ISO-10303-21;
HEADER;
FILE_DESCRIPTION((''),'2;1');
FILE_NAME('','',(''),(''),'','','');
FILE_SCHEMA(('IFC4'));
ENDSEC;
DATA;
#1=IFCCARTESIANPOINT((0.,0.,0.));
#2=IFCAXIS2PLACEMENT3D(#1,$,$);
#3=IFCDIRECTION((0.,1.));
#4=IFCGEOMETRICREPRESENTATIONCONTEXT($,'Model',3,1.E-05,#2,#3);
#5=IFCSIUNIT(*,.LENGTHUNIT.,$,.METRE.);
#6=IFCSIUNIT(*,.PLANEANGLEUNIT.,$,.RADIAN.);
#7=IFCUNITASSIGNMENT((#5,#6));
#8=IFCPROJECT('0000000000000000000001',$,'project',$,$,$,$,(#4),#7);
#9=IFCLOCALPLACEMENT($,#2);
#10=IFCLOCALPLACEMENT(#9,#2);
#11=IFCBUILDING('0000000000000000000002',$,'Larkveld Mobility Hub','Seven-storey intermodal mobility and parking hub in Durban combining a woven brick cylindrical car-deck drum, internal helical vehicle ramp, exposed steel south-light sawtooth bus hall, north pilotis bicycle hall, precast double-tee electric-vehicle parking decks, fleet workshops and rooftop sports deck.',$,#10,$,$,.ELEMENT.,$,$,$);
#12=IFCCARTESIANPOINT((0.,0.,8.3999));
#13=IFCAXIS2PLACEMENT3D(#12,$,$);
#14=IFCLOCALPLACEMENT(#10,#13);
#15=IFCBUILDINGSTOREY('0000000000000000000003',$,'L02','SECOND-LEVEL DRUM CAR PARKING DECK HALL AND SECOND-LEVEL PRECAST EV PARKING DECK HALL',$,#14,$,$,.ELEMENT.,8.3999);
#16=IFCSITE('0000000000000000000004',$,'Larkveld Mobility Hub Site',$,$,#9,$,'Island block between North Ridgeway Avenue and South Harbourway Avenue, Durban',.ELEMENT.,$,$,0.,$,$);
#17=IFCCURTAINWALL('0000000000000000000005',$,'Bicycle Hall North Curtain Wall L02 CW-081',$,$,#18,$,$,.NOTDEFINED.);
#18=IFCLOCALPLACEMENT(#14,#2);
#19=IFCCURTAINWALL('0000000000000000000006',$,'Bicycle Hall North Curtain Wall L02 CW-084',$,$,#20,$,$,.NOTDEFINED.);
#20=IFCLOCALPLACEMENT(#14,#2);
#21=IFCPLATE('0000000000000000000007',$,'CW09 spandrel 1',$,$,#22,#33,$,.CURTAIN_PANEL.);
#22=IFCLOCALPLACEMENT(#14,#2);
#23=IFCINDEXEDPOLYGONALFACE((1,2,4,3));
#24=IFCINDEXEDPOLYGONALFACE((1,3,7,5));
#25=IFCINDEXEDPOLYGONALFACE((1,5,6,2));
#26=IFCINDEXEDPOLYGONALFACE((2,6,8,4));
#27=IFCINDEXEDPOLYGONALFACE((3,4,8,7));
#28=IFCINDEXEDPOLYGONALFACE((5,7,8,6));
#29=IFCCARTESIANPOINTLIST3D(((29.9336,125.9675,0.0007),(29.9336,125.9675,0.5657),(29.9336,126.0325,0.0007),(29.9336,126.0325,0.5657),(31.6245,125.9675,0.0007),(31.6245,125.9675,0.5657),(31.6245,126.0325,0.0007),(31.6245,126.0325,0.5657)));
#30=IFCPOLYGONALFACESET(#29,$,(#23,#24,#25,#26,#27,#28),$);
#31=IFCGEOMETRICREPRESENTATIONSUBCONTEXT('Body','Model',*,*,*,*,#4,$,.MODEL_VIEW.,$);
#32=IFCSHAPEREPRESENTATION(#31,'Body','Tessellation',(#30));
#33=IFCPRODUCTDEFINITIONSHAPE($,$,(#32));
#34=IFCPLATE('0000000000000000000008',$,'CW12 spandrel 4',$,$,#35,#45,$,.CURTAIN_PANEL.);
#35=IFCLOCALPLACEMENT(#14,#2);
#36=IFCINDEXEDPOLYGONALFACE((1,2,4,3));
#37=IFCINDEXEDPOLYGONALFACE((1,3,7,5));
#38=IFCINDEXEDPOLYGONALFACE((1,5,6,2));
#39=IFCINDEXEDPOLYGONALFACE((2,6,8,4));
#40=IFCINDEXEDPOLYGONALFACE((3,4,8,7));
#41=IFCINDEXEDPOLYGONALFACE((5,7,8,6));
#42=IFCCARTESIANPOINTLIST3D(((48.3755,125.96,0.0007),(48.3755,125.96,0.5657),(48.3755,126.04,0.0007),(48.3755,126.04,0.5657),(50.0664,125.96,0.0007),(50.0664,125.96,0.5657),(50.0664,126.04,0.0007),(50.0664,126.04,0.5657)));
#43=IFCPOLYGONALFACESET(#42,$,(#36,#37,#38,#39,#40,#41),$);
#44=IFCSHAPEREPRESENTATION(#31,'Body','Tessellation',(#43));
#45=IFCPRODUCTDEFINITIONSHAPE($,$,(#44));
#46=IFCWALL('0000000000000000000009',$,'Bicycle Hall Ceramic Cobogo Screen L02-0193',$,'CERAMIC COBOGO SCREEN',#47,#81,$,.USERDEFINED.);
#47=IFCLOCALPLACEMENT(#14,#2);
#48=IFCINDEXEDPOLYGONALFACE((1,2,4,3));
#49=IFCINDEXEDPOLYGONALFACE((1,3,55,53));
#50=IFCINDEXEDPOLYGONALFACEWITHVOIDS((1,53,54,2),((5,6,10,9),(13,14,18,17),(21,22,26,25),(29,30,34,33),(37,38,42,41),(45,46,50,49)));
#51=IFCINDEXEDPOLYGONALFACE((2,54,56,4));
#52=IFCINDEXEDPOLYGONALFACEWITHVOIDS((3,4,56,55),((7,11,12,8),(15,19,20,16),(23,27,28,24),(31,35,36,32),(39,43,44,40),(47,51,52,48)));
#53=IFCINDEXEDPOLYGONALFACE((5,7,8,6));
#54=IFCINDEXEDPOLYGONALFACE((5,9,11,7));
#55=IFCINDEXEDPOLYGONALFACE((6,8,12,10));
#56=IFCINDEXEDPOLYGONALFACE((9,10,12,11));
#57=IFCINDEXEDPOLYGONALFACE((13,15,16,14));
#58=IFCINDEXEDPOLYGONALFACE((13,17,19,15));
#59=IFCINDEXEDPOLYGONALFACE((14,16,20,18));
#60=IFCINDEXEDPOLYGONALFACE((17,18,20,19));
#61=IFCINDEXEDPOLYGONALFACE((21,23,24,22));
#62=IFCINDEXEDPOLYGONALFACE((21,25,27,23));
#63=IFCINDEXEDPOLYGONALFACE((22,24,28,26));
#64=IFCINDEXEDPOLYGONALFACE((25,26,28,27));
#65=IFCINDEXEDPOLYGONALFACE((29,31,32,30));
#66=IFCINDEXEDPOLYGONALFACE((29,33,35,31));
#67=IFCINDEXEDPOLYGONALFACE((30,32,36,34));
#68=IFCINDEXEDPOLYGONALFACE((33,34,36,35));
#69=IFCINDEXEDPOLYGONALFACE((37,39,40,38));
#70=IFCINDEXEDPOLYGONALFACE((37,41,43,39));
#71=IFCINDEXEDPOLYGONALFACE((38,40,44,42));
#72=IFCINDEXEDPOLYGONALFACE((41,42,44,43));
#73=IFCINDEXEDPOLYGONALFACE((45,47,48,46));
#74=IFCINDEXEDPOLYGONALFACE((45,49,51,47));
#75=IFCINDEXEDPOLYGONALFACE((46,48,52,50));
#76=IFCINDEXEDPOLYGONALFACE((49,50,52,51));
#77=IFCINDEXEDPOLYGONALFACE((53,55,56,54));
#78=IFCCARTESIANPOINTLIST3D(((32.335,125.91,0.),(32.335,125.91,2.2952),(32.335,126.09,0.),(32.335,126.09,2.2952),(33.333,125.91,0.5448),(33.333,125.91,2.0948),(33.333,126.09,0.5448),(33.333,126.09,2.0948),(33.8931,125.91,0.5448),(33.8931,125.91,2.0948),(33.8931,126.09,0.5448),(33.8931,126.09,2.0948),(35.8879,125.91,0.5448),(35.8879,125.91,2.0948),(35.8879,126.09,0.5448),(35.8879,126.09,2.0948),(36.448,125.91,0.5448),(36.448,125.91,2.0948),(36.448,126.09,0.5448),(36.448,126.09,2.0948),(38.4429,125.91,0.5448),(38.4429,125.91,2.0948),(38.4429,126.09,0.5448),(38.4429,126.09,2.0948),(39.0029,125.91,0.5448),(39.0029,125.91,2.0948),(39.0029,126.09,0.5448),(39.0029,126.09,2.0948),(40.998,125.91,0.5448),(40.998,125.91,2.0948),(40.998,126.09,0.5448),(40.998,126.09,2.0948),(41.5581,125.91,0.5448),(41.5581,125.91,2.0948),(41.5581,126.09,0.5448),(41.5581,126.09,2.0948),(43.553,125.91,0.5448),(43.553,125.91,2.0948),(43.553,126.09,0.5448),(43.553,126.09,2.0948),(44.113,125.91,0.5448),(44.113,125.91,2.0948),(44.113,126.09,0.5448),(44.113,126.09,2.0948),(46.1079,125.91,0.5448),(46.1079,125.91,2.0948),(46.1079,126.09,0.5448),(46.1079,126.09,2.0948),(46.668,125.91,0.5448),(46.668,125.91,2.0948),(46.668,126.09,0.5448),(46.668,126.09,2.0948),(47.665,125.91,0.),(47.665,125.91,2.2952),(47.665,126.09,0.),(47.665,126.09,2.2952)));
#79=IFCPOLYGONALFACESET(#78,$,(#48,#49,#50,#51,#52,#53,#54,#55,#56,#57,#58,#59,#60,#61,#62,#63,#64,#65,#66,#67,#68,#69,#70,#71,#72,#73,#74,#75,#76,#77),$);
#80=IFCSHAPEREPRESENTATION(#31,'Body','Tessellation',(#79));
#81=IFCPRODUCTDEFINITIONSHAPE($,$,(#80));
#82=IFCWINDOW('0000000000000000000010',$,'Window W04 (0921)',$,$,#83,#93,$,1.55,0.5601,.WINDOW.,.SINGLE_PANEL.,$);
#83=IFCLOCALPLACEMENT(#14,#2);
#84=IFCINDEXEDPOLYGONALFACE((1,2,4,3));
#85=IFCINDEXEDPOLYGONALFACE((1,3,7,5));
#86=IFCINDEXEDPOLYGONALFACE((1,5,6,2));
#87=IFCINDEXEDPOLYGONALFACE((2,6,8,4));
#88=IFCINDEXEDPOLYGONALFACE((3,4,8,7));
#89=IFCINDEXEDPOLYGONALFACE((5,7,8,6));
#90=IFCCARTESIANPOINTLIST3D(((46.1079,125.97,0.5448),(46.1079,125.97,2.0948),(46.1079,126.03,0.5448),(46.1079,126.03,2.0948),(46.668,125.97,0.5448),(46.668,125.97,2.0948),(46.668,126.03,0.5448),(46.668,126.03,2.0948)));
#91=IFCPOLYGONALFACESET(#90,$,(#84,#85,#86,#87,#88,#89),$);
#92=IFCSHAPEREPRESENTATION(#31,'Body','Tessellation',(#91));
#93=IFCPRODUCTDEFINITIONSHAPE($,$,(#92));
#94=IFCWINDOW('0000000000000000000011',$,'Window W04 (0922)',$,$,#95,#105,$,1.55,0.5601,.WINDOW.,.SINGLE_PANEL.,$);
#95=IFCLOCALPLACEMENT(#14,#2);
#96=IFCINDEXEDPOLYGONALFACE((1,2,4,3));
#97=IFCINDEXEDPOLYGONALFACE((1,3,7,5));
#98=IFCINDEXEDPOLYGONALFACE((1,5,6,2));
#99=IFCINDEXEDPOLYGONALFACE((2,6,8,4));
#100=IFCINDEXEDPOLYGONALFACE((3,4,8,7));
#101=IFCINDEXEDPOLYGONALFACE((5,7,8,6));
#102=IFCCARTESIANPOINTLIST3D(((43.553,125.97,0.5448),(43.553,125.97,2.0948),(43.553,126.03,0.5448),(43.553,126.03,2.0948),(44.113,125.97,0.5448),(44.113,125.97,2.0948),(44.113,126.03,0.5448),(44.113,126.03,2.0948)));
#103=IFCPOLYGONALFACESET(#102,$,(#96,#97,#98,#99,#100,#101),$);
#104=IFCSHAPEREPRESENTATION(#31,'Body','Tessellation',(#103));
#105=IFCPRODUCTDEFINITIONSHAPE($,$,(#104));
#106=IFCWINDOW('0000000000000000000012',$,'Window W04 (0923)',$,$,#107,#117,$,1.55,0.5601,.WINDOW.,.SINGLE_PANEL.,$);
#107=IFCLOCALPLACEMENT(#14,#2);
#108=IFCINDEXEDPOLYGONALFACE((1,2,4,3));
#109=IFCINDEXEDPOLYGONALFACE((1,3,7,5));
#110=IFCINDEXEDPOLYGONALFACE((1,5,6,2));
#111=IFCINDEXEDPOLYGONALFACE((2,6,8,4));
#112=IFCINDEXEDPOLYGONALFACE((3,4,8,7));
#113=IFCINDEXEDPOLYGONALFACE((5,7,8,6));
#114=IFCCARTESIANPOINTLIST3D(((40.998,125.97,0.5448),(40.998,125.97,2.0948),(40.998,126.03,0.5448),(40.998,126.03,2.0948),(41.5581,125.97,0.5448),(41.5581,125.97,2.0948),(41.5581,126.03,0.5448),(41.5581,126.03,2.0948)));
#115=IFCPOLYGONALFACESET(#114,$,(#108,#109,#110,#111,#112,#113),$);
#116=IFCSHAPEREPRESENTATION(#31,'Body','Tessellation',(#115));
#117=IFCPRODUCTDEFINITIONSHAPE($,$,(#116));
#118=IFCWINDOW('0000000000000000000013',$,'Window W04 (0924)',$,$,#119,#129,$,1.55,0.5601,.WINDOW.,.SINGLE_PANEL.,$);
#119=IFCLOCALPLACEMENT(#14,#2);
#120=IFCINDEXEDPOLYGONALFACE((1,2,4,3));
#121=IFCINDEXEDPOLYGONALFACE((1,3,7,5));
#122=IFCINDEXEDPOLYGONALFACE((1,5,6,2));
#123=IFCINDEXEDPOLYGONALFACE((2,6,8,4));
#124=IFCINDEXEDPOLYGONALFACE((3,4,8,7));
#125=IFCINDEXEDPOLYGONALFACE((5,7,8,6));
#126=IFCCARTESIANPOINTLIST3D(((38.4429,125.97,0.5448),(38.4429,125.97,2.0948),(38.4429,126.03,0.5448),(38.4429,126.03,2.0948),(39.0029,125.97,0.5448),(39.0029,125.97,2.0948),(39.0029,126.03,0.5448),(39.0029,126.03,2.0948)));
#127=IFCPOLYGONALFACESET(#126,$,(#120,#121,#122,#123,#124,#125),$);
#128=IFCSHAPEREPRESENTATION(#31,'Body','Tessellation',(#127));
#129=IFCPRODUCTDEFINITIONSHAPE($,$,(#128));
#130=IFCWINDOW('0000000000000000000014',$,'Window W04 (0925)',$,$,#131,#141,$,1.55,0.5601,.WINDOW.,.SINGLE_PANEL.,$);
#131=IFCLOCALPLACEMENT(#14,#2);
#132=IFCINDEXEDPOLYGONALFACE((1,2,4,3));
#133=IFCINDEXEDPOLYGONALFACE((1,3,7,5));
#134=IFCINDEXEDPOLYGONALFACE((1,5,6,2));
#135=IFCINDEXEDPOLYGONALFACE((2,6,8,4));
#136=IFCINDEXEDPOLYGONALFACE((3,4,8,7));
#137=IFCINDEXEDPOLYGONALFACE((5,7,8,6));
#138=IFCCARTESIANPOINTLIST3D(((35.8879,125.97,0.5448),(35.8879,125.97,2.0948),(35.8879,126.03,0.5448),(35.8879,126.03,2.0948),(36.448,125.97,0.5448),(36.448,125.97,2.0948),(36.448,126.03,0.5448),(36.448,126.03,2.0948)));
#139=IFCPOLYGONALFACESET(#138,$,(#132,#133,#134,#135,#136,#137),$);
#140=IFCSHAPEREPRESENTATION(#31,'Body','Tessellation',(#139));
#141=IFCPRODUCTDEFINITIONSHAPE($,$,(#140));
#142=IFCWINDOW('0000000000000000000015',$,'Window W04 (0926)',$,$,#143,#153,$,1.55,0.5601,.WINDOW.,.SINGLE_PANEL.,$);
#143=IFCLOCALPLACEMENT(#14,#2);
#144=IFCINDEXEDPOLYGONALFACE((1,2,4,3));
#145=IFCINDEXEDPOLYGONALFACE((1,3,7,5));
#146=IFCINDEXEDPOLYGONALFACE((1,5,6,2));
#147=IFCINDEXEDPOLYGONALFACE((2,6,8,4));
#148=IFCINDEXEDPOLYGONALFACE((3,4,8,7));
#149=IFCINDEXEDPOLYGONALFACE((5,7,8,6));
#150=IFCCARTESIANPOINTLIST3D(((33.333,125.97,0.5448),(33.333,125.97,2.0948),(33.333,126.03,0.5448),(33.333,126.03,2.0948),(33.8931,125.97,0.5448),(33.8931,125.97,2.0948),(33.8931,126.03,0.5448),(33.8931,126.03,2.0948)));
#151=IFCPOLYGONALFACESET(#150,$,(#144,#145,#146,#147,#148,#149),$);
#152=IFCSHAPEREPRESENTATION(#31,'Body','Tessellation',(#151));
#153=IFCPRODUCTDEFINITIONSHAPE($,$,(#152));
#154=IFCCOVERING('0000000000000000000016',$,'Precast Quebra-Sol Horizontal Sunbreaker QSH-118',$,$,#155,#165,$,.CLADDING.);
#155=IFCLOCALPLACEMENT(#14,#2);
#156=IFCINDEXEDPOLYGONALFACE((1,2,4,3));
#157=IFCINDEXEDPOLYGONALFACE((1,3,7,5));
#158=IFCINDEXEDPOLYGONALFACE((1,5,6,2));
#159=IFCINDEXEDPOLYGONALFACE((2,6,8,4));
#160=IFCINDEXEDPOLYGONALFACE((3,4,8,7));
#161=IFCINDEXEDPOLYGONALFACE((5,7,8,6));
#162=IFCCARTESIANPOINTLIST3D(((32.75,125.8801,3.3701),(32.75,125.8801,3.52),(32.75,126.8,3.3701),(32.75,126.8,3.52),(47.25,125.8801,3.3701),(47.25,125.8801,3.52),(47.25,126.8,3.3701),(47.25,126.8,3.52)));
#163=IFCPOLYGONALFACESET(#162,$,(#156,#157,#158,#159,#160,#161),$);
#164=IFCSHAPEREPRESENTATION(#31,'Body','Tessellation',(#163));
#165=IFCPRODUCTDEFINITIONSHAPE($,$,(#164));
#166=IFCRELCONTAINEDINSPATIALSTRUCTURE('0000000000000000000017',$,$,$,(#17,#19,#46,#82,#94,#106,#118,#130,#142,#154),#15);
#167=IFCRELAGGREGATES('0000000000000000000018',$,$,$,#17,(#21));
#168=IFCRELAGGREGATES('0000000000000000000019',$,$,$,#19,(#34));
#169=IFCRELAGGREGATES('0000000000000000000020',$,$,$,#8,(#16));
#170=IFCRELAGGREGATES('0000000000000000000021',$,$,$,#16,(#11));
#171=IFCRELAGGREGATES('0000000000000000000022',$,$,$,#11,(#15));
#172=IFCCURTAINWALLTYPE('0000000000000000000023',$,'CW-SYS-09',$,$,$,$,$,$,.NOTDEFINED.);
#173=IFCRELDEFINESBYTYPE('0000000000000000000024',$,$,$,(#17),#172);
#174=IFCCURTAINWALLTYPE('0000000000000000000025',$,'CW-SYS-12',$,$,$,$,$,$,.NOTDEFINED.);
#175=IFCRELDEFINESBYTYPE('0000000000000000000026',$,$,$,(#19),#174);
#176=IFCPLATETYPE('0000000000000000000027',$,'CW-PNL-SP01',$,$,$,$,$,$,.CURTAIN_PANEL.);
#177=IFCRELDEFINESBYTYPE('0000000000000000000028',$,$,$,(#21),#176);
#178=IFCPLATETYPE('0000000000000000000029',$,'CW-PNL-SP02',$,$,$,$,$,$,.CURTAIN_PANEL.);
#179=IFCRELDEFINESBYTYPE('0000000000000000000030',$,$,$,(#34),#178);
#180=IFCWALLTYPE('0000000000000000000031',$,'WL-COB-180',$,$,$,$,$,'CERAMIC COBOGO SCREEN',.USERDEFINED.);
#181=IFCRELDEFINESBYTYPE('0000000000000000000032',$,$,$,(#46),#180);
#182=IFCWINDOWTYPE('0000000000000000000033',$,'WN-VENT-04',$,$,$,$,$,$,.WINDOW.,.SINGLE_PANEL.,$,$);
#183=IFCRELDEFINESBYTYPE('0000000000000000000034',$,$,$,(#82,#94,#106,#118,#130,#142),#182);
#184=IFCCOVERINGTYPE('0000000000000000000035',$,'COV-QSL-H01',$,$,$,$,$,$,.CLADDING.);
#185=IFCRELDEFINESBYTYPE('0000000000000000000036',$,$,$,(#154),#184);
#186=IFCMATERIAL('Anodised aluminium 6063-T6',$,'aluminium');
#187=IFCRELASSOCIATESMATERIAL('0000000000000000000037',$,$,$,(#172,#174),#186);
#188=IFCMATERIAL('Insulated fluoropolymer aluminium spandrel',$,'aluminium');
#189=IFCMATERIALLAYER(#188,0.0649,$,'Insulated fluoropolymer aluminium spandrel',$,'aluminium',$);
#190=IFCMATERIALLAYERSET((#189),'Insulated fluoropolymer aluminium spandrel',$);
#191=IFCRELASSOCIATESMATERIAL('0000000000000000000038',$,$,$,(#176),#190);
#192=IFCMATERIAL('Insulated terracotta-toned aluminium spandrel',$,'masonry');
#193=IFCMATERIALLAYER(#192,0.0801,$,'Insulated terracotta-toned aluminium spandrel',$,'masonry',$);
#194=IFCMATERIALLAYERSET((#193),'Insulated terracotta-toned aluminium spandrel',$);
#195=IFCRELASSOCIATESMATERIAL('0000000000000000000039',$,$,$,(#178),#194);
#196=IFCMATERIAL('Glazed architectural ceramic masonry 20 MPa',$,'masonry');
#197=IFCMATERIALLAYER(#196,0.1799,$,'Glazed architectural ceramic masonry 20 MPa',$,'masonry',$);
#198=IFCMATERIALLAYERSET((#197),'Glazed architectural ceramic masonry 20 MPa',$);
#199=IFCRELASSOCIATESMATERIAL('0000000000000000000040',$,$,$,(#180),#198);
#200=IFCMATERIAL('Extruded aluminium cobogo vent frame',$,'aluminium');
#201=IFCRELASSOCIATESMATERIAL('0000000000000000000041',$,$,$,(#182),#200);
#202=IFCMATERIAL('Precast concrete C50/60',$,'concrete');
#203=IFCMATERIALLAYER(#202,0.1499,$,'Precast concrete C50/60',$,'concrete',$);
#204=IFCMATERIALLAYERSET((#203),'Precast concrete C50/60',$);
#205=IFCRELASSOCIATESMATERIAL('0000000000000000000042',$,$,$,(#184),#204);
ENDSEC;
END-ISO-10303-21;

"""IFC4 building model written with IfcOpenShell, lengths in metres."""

from ifc_helpers import new_model, si_unit, direction, frame, frame_2d, origin, origin_2d, place, context, subcontext, project, spatial, rectangle, extrude, material, layer, layer_set, type_object, element, fill, aggregate, save


model = new_model("IFC4")

# Units and contexts
model_context = context("Model", 3, precision=1e-05, world=origin(), true_north=direction((0.0, 1.0)))
body_context = subcontext(model_context, "Body", "Model", "MODEL_VIEW")
ifc_project = project(units=[si_unit("LENGTHUNIT", "METRE"), si_unit("PLANEANGLEUNIT", "RADIAN")], contexts=[model_context])

# Site, building, storey
site_placement = place(None, origin())
site = spatial("IfcSite", under=ifc_project, at=site_placement, Name="Larkveld Mobility Hub Site", LongName="Island block between North Ridgeway Avenue and South Harbourway Avenue, Durban", CompositionType="ELEMENT", RefElevation=0.0)
building_placement = place(site_placement, origin())
building = spatial("IfcBuilding", under=site, at=building_placement, Name="Larkveld Mobility Hub", Description="Seven-storey intermodal mobility and parking hub in Durban combining a woven brick cylindrical car-deck drum, internal helical vehicle ramp, exposed steel south-light sawtooth bus hall, north pilotis bicycle hall, precast double-tee electric-vehicle parking decks, fleet workshops and rooftop sports deck.", CompositionType="ELEMENT")
storey_placement = place(building_placement, frame((0.0, 0.0, 8.3999)))
storey = spatial("IfcBuildingStorey", under=building, at=storey_placement, Name="L02", Description="SECOND-LEVEL DRUM CAR PARKING DECK HALL AND SECOND-LEVEL PRECAST EV PARKING DECK HALL", CompositionType="ELEMENT", Elevation=8.3999)

# Shared definitions
ifc_material_1 = material(Name="Precast concrete C50/60", Category="concrete")

# Curtain wall
ifc_material_2 = material(Name="Anodised aluminium 6063-T6", Category="aluminium")
curtain_wall_type_1 = type_object("IfcCurtainWallType", Name="CW-SYS-09", PredefinedType="NOTDEFINED", material=ifc_material_2)
curtain_wall_1_placement = place(storey_placement, origin())
curtain_wall_1 = element("IfcCurtainWall", 1, at=curtain_wall_1_placement, inside=storey, type_object=curtain_wall_type_1, Name="Bicycle Hall North Curtain Wall L02 CW-081", PredefinedType="NOTDEFINED")

# Curtain wall
curtain_wall_type_2 = type_object("IfcCurtainWallType", Name="CW-SYS-12", PredefinedType="NOTDEFINED", material=ifc_material_2)
curtain_wall_2_placement = place(storey_placement, origin())
curtain_wall_2 = element("IfcCurtainWall", 2, at=curtain_wall_2_placement, inside=storey, type_object=curtain_wall_type_2, Name="Bicycle Hall North Curtain Wall L02 CW-084", PredefinedType="NOTDEFINED")

# Plates
ifc_material_3 = material(Name="Insulated fluoropolymer aluminium spandrel", Category="aluminium")
ifc_layer_1 = layer(ifc_material_3, 0.0649, Name="Insulated fluoropolymer aluminium spandrel", Category="aluminium")
ifc_layer_set_1 = layer_set([ifc_layer_1], Name="Insulated fluoropolymer aluminium spandrel")
plate_type_1 = type_object("IfcPlateType", Name="CW-PNL-SP01", PredefinedType="CURTAIN_PANEL", material=ifc_layer_set_1)
plate_1_placement = place(storey_placement, frame((30.7791, 126.0, 0.0007), z_axis=(0.0, 0.0, 1.0), x_axis=(-1.0, 0.0, 0.0)))
plate_1 = element("IfcPlate", 3, at=plate_1_placement, type_object=plate_type_1, Name="CW09 spandrel 1", PredefinedType="CURTAIN_PANEL", context=body_context, shape_type="SweptSolid", body=[
    extrude(rectangle(XDim=1.6909, YDim=0.0649, at=origin_2d()), origin(), (0.0, 0.0, 1.0), 0.5649),
])
aggregate(curtain_wall_1, [plate_1])
ifc_material_4 = material(Name="Insulated terracotta-toned aluminium spandrel", Category="masonry")
ifc_layer_2 = layer(ifc_material_4, 0.0801, Name="Insulated terracotta-toned aluminium spandrel", Category="masonry")
ifc_layer_set_2 = layer_set([ifc_layer_2], Name="Insulated terracotta-toned aluminium spandrel")
plate_type_2 = type_object("IfcPlateType", Name="CW-PNL-SP02", PredefinedType="CURTAIN_PANEL", material=ifc_layer_set_2)
plate_2_placement = place(storey_placement, frame((49.2209, 126.0, 0.0007), z_axis=(0.0, 0.0, 1.0), x_axis=(-1.0, 0.0, 0.0)))
plate_2 = element("IfcPlate", 4, at=plate_2_placement, type_object=plate_type_2, Name="CW12 spandrel 4", PredefinedType="CURTAIN_PANEL", context=body_context, shape_type="SweptSolid", body=[
    extrude(rectangle(XDim=1.6909, YDim=0.0801, at=origin_2d()), origin(), (0.0, 0.0, 1.0), 0.5649),
])
aggregate(curtain_wall_2, [plate_2])

# Wall, openings, windows
ifc_material_5 = material(Name="Glazed architectural ceramic masonry 20 MPa", Category="masonry")
ifc_layer_3 = layer(ifc_material_5, 0.1799, Name="Glazed architectural ceramic masonry 20 MPa", Category="masonry")
ifc_layer_set_3 = layer_set([ifc_layer_3], Name="Glazed architectural ceramic masonry 20 MPa")
wall_type = type_object("IfcWallType", Name="WL-COB-180", ElementType="CERAMIC COBOGO SCREEN", PredefinedType="USERDEFINED", material=ifc_layer_set_3)
wall_placement = place(storey_placement, frame((47.665, 126.0, 0.0), z_axis=(0.0, 0.0, 1.0), x_axis=(-1.0, 0.0, 0.0)))
wall = element("IfcWall", 5, at=wall_placement, inside=storey, type_object=wall_type, Name="Bicycle Hall Ceramic Cobogo Screen L02-0193", ObjectType="CERAMIC COBOGO SCREEN", PredefinedType="USERDEFINED", context=body_context, shape_type="SweptSolid", body=[
    extrude(rectangle(XDim=15.3301, YDim=0.1799, at=frame_2d((7.665, 0.0))), origin(), (0.0, 0.0, 1.0), 2.2952),
])
opening_1_placement = place(wall_placement, frame((0.9971, 0.0, 0.5449)))
opening_1 = element("IfcOpeningElement", 6, at=opening_1_placement, cuts=wall, PredefinedType="OPENING", context=body_context, shape_type="SweptSolid", body=[
    extrude(rectangle(XDim=0.5601, YDim=1.55, at=frame_2d((0.28, 0.7749))), frame((0.0, 0.1001, 0.0), z_axis=(0.0, -1.0, 0.0), x_axis=(1.0, 0.0, 0.0)), (0.0, 0.0, 1.0), 0.2),
])
opening_2_placement = place(wall_placement, frame((3.552, 0.0, 0.5449)))
opening_2 = element("IfcOpeningElement", 7, at=opening_2_placement, cuts=wall, PredefinedType="OPENING", context=body_context, shape_type="SweptSolid", body=[
    extrude(rectangle(XDim=0.5601, YDim=1.55, at=frame_2d((0.28, 0.7749))), frame((0.0, 0.1001, 0.0), z_axis=(0.0, -1.0, 0.0), x_axis=(1.0, 0.0, 0.0)), (0.0, 0.0, 1.0), 0.2),
])
opening_3_placement = place(wall_placement, frame((6.1069, 0.0, 0.5449)))
opening_3 = element("IfcOpeningElement", 8, at=opening_3_placement, cuts=wall, PredefinedType="OPENING", context=body_context, shape_type="SweptSolid", body=[
    extrude(rectangle(XDim=0.5601, YDim=1.55, at=frame_2d((0.28, 0.7749))), frame((0.0, 0.1001, 0.0), z_axis=(0.0, -1.0, 0.0), x_axis=(1.0, 0.0, 0.0)), (0.0, 0.0, 1.0), 0.2),
])
opening_4_placement = place(wall_placement, frame((8.6621, 0.0, 0.5449)))
opening_4 = element("IfcOpeningElement", 9, at=opening_4_placement, cuts=wall, PredefinedType="OPENING", context=body_context, shape_type="SweptSolid", body=[
    extrude(rectangle(XDim=0.5601, YDim=1.55, at=frame_2d((0.28, 0.7749))), frame((0.0, 0.1001, 0.0), z_axis=(0.0, -1.0, 0.0), x_axis=(1.0, 0.0, 0.0)), (0.0, 0.0, 1.0), 0.2),
])
opening_5_placement = place(wall_placement, frame((11.217, 0.0, 0.5449)))
opening_5 = element("IfcOpeningElement", 10, at=opening_5_placement, cuts=wall, PredefinedType="OPENING", context=body_context, shape_type="SweptSolid", body=[
    extrude(rectangle(XDim=0.5601, YDim=1.55, at=frame_2d((0.28, 0.7749))), frame((0.0, 0.1001, 0.0), z_axis=(0.0, -1.0, 0.0), x_axis=(1.0, 0.0, 0.0)), (0.0, 0.0, 1.0), 0.2),
])
opening_6_placement = place(wall_placement, frame((13.772, 0.0, 0.5449)))
opening_6 = element("IfcOpeningElement", 11, at=opening_6_placement, cuts=wall, PredefinedType="OPENING", context=body_context, shape_type="SweptSolid", body=[
    extrude(rectangle(XDim=0.5601, YDim=1.55, at=frame_2d((0.28, 0.7749))), frame((0.0, 0.1001, 0.0), z_axis=(0.0, -1.0, 0.0), x_axis=(1.0, 0.0, 0.0)), (0.0, 0.0, 1.0), 0.2),
])
ifc_material_6 = material(Name="Extruded aluminium cobogo vent frame", Category="aluminium")
window_type = type_object("IfcWindowType", Name="WN-VENT-04", PartitioningType="SINGLE_PANEL", PredefinedType="WINDOW", material=ifc_material_6)
window_1_placement = place(opening_1_placement, origin())
window_1 = element("IfcWindow", 12, at=window_1_placement, inside=storey, type_object=window_type, Name="Window W04 (0921)", OverallHeight=1.55, OverallWidth=0.5601, PartitioningType="SINGLE_PANEL", PredefinedType="WINDOW", context=body_context, shape_type="SweptSolid", body=[
    extrude(rectangle(XDim=0.5601, YDim=1.55, at=frame_2d((0.28, 0.7749))), frame((0.0, 0.03, 0.0), z_axis=(0.0, -1.0, 0.0), x_axis=(1.0, 0.0, 0.0)), (0.0, 0.0, 1.0), 0.0601),
])
fill(opening_1, window_1)
window_2_placement = place(opening_2_placement, origin())
window_2 = element("IfcWindow", 13, at=window_2_placement, inside=storey, type_object=window_type, Name="Window W04 (0922)", OverallHeight=1.55, OverallWidth=0.5601, PartitioningType="SINGLE_PANEL", PredefinedType="WINDOW", context=body_context, shape_type="SweptSolid", body=[
    extrude(rectangle(XDim=0.5601, YDim=1.55, at=frame_2d((0.28, 0.7749))), frame((0.0, 0.03, 0.0), z_axis=(0.0, -1.0, 0.0), x_axis=(1.0, 0.0, 0.0)), (0.0, 0.0, 1.0), 0.0601),
])
fill(opening_2, window_2)
window_3_placement = place(opening_3_placement, origin())
window_3 = element("IfcWindow", 14, at=window_3_placement, inside=storey, type_object=window_type, Name="Window W04 (0923)", OverallHeight=1.55, OverallWidth=0.5601, PartitioningType="SINGLE_PANEL", PredefinedType="WINDOW", context=body_context, shape_type="SweptSolid", body=[
    extrude(rectangle(XDim=0.5601, YDim=1.55, at=frame_2d((0.28, 0.7749))), frame((0.0, 0.03, 0.0), z_axis=(0.0, -1.0, 0.0), x_axis=(1.0, 0.0, 0.0)), (0.0, 0.0, 1.0), 0.0601),
])
fill(opening_3, window_3)
window_4_placement = place(opening_4_placement, origin())
window_4 = element("IfcWindow", 15, at=window_4_placement, inside=storey, type_object=window_type, Name="Window W04 (0924)", OverallHeight=1.55, OverallWidth=0.5601, PartitioningType="SINGLE_PANEL", PredefinedType="WINDOW", context=body_context, shape_type="SweptSolid", body=[
    extrude(rectangle(XDim=0.5601, YDim=1.55, at=frame_2d((0.28, 0.7749))), frame((0.0, 0.03, 0.0), z_axis=(0.0, -1.0, 0.0), x_axis=(1.0, 0.0, 0.0)), (0.0, 0.0, 1.0), 0.0601),
])
fill(opening_4, window_4)
window_5_placement = place(opening_5_placement, origin())
window_5 = element("IfcWindow", 16, at=window_5_placement, inside=storey, type_object=window_type, Name="Window W04 (0925)", OverallHeight=1.55, OverallWidth=0.5601, PartitioningType="SINGLE_PANEL", PredefinedType="WINDOW", context=body_context, shape_type="SweptSolid", body=[
    extrude(rectangle(XDim=0.5601, YDim=1.55, at=frame_2d((0.28, 0.7749))), frame((0.0, 0.03, 0.0), z_axis=(0.0, -1.0, 0.0), x_axis=(1.0, 0.0, 0.0)), (0.0, 0.0, 1.0), 0.0601),
])
fill(opening_5, window_5)
window_6_placement = place(opening_6_placement, origin())
window_6 = element("IfcWindow", 17, at=window_6_placement, inside=storey, type_object=window_type, Name="Window W04 (0926)", OverallHeight=1.55, OverallWidth=0.5601, PartitioningType="SINGLE_PANEL", PredefinedType="WINDOW", context=body_context, shape_type="SweptSolid", body=[
    extrude(rectangle(XDim=0.5601, YDim=1.55, at=frame_2d((0.28, 0.7749))), frame((0.0, 0.03, 0.0), z_axis=(0.0, -1.0, 0.0), x_axis=(1.0, 0.0, 0.0)), (0.0, 0.0, 1.0), 0.0601),
])
fill(opening_6, window_6)

# Covering
ifc_layer_4 = layer(ifc_material_1, 0.1499, Name="Precast concrete C50/60", Category="concrete")
ifc_layer_set_4 = layer_set([ifc_layer_4], Name="Precast concrete C50/60")
covering_type_1 = type_object("IfcCoveringType", Name="COV-QSL-H01", PredefinedType="CLADDING", material=ifc_layer_set_4)
covering_placement = place(storey_placement, frame((40.0, 126.3401, 3.3701), z_axis=(0.0, 0.0, 1.0), x_axis=(-1.0, 0.0, 0.0)))
element("IfcCovering", 18, at=covering_placement, inside=storey, type_object=covering_type_1, Name="Precast Quebra-Sol Horizontal Sunbreaker QSH-118", PredefinedType="CLADDING", context=body_context, shape_type="SweptSolid", body=[
    extrude(rectangle(XDim=14.5, YDim=0.9199, at=origin_2d()), origin(), (0.0, 0.0, 1.0), 0.1499),
])

save(model, "model.ifc")
